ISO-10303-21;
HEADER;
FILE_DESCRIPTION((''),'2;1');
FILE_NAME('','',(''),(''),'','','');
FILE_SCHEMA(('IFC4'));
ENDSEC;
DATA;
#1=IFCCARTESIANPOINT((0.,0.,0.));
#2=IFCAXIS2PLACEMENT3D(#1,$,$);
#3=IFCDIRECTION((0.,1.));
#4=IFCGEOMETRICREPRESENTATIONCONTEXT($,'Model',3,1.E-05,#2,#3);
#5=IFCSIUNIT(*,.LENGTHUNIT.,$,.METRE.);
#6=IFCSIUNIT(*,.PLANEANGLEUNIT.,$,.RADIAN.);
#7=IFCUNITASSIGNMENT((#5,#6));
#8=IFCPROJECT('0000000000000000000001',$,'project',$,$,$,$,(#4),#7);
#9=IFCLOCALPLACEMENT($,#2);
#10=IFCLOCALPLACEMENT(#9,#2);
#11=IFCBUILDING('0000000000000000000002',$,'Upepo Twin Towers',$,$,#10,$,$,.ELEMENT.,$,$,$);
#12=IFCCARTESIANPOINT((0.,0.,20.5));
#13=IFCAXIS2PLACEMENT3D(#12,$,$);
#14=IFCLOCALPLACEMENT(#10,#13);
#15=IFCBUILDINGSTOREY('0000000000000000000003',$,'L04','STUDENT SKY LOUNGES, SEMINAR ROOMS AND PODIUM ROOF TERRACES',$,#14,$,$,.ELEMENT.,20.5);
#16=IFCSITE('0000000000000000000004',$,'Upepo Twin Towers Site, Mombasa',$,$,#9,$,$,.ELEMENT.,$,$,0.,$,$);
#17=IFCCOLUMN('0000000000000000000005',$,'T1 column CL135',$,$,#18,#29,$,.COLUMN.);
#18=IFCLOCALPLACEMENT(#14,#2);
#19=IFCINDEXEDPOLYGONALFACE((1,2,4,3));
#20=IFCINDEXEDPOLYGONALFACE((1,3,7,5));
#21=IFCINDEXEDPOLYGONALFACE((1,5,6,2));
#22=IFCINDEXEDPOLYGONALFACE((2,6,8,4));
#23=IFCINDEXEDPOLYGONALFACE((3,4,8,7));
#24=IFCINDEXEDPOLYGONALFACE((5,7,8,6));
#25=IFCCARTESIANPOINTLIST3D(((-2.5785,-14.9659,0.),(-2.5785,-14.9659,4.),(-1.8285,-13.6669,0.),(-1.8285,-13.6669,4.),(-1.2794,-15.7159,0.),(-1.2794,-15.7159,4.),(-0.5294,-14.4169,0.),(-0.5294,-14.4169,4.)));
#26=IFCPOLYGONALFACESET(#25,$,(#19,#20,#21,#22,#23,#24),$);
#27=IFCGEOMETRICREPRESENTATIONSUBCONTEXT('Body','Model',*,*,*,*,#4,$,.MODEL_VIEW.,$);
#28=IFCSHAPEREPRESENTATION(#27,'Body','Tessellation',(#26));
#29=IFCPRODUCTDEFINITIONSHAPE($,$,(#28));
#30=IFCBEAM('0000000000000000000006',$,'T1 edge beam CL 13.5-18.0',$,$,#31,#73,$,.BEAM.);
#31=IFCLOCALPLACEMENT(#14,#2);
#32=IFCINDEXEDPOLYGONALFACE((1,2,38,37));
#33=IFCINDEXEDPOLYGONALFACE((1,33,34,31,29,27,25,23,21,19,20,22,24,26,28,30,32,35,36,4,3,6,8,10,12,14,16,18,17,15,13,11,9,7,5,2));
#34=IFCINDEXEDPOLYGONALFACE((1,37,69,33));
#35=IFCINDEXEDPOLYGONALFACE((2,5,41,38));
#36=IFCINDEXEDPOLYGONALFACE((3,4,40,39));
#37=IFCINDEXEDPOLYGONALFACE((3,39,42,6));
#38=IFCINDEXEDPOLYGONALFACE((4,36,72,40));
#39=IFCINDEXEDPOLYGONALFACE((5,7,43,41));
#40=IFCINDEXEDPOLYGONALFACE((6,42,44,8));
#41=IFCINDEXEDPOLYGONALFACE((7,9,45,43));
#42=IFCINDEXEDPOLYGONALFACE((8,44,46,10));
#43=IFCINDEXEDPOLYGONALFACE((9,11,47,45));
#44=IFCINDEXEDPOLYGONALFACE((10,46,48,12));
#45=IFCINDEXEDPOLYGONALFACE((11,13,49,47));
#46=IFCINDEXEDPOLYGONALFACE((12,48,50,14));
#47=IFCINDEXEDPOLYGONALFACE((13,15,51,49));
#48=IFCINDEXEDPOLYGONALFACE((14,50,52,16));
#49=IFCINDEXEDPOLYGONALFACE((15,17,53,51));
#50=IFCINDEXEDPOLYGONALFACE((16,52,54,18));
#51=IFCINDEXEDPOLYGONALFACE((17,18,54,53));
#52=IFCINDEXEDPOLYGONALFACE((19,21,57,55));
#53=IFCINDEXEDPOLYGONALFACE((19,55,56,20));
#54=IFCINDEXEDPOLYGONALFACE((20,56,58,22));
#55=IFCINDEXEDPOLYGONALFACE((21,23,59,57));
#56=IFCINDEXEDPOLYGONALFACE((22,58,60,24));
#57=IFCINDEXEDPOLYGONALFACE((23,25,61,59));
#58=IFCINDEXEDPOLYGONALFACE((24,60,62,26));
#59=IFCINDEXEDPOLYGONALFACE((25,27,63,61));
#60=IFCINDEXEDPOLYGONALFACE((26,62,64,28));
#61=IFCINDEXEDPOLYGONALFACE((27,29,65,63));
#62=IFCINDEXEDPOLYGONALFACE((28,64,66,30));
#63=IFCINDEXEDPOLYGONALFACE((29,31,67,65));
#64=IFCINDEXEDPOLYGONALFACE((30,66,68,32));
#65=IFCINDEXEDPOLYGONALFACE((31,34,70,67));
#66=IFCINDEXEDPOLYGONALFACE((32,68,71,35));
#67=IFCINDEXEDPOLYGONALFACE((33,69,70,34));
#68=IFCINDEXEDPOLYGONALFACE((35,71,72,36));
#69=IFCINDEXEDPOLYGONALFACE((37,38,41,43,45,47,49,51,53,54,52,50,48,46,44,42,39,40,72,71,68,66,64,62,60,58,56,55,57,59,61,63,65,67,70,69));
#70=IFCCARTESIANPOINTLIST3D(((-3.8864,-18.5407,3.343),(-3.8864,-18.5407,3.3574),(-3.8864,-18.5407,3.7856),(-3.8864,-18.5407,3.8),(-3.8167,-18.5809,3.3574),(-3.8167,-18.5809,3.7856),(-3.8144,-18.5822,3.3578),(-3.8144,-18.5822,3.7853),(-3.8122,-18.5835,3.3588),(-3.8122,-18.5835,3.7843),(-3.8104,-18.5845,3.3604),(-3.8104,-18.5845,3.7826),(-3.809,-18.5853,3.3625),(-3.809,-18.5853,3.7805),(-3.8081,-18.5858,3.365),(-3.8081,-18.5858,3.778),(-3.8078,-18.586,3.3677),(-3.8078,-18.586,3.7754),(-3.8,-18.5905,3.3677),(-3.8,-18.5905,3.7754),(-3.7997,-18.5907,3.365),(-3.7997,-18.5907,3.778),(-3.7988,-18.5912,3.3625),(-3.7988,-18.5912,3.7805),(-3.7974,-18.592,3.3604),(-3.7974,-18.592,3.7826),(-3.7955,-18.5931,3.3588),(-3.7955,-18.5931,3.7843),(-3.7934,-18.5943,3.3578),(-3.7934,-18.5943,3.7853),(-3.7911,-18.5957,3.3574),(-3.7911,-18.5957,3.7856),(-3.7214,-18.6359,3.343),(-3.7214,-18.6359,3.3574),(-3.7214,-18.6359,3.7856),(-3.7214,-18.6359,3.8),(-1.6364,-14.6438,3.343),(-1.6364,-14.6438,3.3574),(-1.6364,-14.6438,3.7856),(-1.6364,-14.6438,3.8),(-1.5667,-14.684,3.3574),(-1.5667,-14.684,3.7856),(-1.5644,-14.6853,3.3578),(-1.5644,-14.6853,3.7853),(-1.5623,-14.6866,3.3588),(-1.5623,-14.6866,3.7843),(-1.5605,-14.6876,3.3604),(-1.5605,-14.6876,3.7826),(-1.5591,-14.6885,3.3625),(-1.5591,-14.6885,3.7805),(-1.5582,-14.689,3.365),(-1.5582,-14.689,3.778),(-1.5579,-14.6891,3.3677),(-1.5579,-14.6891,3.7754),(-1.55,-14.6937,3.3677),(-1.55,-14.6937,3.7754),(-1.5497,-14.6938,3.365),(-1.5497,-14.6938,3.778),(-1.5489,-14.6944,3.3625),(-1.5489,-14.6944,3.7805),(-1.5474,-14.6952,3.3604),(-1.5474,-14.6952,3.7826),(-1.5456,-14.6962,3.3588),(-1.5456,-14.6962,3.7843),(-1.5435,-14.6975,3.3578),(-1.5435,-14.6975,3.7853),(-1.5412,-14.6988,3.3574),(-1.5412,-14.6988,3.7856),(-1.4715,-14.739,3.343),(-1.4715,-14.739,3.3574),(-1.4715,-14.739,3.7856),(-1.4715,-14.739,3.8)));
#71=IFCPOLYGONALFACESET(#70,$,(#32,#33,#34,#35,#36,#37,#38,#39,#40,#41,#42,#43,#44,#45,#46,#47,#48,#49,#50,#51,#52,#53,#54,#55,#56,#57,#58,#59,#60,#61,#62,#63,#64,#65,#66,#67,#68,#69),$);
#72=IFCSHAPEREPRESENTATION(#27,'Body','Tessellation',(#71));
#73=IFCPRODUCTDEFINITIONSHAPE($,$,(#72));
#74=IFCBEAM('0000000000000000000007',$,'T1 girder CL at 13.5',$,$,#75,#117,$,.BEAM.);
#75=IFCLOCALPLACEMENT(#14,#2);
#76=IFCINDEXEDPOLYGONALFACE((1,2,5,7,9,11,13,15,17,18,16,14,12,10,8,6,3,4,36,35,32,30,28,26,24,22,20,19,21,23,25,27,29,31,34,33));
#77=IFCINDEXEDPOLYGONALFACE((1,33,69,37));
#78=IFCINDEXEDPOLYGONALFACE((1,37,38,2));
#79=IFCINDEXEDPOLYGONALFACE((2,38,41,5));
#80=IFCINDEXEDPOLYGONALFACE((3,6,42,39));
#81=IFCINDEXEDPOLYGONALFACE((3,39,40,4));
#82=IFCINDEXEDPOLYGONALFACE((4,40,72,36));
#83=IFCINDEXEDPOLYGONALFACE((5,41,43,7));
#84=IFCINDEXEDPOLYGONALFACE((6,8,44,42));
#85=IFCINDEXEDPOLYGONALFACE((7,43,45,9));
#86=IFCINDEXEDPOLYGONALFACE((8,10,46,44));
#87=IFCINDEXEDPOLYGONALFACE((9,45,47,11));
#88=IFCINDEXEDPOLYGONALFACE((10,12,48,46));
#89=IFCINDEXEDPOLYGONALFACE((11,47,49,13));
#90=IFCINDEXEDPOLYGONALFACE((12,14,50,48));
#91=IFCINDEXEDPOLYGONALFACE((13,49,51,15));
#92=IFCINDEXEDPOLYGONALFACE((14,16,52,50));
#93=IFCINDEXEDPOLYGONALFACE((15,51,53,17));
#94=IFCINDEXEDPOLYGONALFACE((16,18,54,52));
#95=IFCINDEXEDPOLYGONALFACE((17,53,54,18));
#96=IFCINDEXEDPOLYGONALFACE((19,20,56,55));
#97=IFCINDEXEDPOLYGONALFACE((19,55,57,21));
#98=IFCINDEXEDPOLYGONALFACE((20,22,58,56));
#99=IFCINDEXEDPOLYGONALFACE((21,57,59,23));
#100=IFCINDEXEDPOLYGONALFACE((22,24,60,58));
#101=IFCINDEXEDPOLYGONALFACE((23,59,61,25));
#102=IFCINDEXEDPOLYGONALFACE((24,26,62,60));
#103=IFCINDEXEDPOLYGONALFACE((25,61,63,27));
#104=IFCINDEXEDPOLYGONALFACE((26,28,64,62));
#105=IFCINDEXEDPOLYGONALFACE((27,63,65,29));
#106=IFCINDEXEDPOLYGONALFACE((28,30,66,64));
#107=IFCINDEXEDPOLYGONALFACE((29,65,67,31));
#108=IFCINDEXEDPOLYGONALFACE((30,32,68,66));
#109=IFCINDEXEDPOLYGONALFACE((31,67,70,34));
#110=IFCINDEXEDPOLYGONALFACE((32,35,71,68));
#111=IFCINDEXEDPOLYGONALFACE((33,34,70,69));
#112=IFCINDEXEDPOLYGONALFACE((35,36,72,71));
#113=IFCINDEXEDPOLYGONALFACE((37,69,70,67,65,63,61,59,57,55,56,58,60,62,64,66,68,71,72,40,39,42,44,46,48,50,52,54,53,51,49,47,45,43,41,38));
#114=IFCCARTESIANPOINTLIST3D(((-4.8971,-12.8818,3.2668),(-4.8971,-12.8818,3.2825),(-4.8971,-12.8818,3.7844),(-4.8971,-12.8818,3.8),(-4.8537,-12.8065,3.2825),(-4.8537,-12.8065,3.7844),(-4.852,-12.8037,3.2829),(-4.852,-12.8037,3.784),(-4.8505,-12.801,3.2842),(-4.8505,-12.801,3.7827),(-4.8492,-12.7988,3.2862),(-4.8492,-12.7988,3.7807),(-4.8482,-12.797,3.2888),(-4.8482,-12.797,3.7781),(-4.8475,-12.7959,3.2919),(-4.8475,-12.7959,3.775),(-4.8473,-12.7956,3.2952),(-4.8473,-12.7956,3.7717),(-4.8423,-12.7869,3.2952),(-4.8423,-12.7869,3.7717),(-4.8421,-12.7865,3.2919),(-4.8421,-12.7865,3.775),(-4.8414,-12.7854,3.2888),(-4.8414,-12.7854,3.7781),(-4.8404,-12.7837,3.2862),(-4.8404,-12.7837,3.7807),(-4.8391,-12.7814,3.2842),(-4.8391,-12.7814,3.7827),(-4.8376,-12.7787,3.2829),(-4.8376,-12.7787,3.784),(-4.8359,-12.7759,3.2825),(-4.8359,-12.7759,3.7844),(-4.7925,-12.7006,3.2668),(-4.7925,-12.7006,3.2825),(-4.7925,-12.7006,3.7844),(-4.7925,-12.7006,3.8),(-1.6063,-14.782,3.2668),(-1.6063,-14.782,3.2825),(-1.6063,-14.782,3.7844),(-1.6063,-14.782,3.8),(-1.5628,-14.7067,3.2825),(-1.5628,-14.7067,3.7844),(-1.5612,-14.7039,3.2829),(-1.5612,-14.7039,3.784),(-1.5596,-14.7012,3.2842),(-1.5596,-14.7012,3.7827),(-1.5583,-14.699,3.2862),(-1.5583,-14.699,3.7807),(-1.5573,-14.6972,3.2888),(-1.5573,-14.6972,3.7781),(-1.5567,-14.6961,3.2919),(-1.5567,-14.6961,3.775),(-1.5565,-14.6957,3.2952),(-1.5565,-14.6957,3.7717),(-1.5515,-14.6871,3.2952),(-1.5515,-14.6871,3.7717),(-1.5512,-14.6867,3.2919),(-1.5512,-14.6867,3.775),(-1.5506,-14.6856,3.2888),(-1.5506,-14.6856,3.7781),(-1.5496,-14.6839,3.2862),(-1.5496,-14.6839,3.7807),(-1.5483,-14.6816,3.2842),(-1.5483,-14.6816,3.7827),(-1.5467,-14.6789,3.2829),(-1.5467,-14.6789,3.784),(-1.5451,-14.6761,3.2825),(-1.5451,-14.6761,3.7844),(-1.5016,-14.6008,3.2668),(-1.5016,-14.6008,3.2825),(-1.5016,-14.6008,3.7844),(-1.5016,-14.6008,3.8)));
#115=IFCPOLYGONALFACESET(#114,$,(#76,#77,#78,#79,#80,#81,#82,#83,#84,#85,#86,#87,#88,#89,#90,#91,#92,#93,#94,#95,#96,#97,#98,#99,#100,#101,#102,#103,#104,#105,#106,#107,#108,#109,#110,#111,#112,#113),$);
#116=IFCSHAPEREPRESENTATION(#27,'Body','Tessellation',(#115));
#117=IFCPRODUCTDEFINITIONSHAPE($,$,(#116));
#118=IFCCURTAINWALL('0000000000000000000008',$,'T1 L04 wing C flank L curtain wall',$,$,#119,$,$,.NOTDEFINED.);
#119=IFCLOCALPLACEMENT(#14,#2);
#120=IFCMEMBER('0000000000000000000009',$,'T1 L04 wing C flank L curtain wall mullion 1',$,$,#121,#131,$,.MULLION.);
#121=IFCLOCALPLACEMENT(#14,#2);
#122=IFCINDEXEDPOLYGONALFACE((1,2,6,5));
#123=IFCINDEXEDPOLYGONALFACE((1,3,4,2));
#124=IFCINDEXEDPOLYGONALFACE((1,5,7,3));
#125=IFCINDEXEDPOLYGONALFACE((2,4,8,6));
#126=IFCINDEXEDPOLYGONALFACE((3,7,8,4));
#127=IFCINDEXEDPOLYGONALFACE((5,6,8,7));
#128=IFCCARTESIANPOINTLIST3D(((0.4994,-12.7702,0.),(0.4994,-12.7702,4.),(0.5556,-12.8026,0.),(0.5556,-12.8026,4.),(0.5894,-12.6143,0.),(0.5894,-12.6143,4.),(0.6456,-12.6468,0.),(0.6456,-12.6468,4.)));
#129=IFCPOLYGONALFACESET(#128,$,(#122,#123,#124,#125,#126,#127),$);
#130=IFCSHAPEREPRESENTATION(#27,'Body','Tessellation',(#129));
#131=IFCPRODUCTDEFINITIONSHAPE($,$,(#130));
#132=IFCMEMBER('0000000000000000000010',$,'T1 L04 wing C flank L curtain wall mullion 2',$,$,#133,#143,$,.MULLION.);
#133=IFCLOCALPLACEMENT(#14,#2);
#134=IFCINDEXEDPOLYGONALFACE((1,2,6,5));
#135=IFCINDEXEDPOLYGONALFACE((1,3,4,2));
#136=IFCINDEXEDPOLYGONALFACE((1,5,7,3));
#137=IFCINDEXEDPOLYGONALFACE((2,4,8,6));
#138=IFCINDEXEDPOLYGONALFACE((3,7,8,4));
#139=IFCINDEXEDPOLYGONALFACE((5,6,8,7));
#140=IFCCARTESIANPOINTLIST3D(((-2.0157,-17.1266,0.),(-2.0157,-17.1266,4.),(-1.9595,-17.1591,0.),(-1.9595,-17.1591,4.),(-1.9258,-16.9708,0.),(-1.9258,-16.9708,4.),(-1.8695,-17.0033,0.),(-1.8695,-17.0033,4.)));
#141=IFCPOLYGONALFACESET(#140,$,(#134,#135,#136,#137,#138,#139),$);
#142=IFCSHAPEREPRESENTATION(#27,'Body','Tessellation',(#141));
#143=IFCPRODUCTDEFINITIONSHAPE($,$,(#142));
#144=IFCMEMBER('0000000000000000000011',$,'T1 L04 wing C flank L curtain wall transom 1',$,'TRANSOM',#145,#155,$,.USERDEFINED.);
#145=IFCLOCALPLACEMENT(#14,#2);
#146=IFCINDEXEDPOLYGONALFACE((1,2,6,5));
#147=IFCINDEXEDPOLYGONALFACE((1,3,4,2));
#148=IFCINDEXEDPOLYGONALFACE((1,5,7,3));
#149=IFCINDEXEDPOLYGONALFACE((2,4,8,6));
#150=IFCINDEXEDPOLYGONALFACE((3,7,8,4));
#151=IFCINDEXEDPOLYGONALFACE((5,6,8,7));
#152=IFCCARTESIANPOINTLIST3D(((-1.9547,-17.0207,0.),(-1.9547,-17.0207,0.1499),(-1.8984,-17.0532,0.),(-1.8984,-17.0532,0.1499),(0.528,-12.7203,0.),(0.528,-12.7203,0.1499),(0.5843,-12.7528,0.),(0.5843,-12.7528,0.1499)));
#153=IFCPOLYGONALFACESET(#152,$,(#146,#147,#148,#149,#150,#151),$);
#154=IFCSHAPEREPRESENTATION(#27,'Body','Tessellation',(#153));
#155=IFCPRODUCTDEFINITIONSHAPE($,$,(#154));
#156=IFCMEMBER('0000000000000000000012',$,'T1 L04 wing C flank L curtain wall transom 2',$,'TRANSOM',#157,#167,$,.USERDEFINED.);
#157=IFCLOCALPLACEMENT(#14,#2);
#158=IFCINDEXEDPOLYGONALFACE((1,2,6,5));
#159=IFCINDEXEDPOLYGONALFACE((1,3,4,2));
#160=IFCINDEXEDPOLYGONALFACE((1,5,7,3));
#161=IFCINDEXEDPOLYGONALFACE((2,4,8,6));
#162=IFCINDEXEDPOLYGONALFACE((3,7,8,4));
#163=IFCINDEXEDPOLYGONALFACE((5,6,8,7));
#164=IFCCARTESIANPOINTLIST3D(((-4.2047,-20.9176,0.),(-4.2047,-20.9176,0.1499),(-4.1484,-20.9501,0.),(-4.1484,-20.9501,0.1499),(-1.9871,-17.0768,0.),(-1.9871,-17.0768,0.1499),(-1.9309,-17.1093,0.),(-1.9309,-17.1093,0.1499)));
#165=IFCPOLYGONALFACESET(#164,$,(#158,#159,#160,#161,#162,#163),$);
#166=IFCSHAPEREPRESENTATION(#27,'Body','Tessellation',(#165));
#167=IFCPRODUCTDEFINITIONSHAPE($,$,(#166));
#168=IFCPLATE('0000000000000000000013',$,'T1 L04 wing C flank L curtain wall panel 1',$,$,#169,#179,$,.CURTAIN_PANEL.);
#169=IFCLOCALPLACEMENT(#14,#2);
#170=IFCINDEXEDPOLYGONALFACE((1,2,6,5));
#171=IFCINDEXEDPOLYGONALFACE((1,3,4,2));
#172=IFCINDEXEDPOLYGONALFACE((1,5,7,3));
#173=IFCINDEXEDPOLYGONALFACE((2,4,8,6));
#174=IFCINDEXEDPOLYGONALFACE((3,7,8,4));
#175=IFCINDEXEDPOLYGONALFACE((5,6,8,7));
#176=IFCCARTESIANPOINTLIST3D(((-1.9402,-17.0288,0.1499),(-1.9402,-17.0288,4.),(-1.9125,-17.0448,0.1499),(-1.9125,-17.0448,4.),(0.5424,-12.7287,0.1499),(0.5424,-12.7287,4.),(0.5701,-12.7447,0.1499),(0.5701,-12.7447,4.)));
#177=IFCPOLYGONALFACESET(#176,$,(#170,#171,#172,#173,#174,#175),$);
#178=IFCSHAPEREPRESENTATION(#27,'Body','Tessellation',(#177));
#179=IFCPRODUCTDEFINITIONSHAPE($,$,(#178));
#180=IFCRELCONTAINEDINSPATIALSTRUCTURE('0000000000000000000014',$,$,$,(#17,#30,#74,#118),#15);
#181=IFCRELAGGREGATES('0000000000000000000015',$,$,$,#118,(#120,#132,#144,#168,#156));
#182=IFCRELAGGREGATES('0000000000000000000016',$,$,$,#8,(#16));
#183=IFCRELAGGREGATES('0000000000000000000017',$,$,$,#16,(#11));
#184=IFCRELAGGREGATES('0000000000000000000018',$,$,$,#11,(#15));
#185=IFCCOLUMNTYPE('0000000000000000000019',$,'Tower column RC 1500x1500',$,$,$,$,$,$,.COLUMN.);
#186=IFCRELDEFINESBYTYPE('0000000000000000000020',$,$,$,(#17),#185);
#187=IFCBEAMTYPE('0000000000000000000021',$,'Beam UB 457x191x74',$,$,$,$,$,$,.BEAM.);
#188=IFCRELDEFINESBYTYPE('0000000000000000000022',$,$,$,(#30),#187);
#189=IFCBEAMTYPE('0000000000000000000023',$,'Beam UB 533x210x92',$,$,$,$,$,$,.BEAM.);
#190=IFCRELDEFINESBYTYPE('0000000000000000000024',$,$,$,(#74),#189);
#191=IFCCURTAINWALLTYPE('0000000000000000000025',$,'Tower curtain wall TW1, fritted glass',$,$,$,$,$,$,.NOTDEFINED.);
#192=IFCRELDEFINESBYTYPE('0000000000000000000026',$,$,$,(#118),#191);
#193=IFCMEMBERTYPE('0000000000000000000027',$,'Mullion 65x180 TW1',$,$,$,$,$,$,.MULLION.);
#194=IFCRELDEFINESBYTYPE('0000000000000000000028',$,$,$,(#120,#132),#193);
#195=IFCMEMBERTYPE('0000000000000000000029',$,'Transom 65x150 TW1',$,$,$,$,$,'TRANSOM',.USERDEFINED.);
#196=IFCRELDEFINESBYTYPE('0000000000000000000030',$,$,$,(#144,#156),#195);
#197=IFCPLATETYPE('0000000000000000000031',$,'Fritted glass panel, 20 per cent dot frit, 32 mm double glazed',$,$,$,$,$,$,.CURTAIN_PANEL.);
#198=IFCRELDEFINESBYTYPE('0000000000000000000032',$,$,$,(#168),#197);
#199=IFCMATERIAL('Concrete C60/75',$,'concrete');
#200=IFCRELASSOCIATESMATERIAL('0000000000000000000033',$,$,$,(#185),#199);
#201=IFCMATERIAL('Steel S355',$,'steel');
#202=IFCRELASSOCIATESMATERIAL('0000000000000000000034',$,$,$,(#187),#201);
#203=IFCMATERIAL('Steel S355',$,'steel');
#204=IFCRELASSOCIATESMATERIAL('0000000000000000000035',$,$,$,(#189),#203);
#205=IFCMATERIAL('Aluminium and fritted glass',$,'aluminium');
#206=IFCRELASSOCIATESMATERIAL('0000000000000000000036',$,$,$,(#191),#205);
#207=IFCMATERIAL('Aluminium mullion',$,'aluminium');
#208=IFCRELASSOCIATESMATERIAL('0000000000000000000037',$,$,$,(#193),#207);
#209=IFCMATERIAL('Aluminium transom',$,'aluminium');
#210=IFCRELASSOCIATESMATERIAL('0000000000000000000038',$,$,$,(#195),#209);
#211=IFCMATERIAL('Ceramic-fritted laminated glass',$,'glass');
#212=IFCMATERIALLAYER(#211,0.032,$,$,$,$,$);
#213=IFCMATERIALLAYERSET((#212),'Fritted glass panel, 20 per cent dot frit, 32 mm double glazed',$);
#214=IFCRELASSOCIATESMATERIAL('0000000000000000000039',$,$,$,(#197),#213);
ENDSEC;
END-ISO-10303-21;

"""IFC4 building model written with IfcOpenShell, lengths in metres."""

from ifc_helpers import new_model, si_unit, direction, frame, origin, origin_2d, place, context, subcontext, project, spatial, rectangle, i_section, extrude, material, layer, layer_set, material_profile, profile_set, type_object, element, aggregate, save


model = new_model("IFC4")

# Units and contexts
model_context = context("Model", 3, precision=1e-05, world=origin(), true_north=direction((0.0, 1.0)))
body_context = subcontext(model_context, "Body", "Model", "MODEL_VIEW")
ifc_project = project(units=[si_unit("LENGTHUNIT", "METRE"), si_unit("PLANEANGLEUNIT", "RADIAN")], contexts=[model_context])

# Site, building, storey
site_placement = place(None, origin())
site = spatial("IfcSite", under=ifc_project, at=site_placement, Name="Upepo Twin Towers Site, Mombasa", CompositionType="ELEMENT", RefElevation=0.0)
building_placement = place(site_placement, origin())
building = spatial("IfcBuilding", under=site, at=building_placement, Name="Upepo Twin Towers", CompositionType="ELEMENT")
storey_placement = place(building_placement, frame((0.0, 0.0, 20.5)))
storey = spatial("IfcBuildingStorey", under=building, at=storey_placement, Name="L04", Description="STUDENT SKY LOUNGES, SEMINAR ROOMS AND PODIUM ROOF TERRACES", CompositionType="ELEMENT", Elevation=20.5)

# Column
ifc_material_1 = material(Name="Concrete C60/75", Category="concrete")
ifc_material_profile_1 = material_profile(ifc_material_1, rectangle(XDim=1.5, YDim=1.5, at=origin_2d()), Name="RC 1500x1500")
ifc_profile_set_1 = profile_set([ifc_material_profile_1], Name="Concrete C60/75")
column_type = type_object("IfcColumnType", Name="Tower column RC 1500x1500", PredefinedType="COLUMN", material=ifc_profile_set_1)
column_placement = place(storey_placement, frame((-1.554, -14.6914, 0.0), z_axis=(0.0, 0.0, 1.0), x_axis=(0.5, 0.866025, 0.0)))
element("IfcColumn", 1, at=column_placement, inside=storey, type_object=column_type, Name="T1 column CL135", PredefinedType="COLUMN", context=body_context, shape_type="SweptSolid", body=[
    extrude(rectangle(XDim=1.5, YDim=1.5, at=origin_2d()), origin(), (0.0, 0.0, 1.0), 4.0),
])

# Beams
ifc_material_2 = material(Name="Steel S355", Category="steel")
ifc_material_profile_2 = material_profile(ifc_material_2, i_section(OverallWidth=0.1904, OverallDepth=0.457, WebThickness=0.009, FlangeThickness=0.0144, FilletRadius=0.0103, at=origin_2d()), Name="UB 457x191x74")
ifc_profile_set_2 = profile_set([ifc_material_profile_2], Name="Steel S355")
beam_type_1 = type_object("IfcBeamType", Name="Beam UB 457x191x74", PredefinedType="BEAM", material=ifc_profile_set_2)
beam_1_placement = place(storey_placement, frame((-1.554, -14.6914, 3.5715), z_axis=(-0.500014, -0.866018, 0.0), x_axis=(0.866018, -0.500014, 0.0)))
element("IfcBeam", 2, at=beam_1_placement, inside=storey, type_object=beam_type_1, Name="T1 edge beam CL 13.5-18.0", PredefinedType="BEAM", context=body_context, shape_type="SweptSolid", body=[
    extrude(i_section(OverallWidth=0.1904, OverallDepth=0.457, WebThickness=0.009, FlangeThickness=0.0144, FilletRadius=0.0103, at=origin_2d()), origin(), (0.0, 0.0, 1.0), 4.4998),
])
ifc_material_3 = material(Name="Steel S355", Category="steel")
ifc_material_profile_3 = material_profile(ifc_material_3, i_section(OverallWidth=0.2092, OverallDepth=0.5332, WebThickness=0.01, FlangeThickness=0.0156, FilletRadius=0.0127, at=origin_2d()), Name="UB 533x210x92")
ifc_profile_set_3 = profile_set([ifc_material_profile_3], Name="Steel S355")
beam_type_2 = type_object("IfcBeamType", Name="Beam UB 533x210x92", PredefinedType="BEAM", material=ifc_profile_set_3)
beam_2_placement = place(storey_placement, frame((-1.554, -14.6914, 3.5334), z_axis=(-0.866, 0.500043, 0.0), x_axis=(-0.500043, -0.866, 0.0)))
element("IfcBeam", 3, at=beam_2_placement, inside=storey, type_object=beam_type_2, Name="T1 girder CL at 13.5", PredefinedType="BEAM", context=body_context, shape_type="SweptSolid", body=[
    extrude(i_section(OverallWidth=0.2092, OverallDepth=0.5332, WebThickness=0.01, FlangeThickness=0.0156, FilletRadius=0.0127, at=origin_2d()), origin(), (0.0, 0.0, 1.0), 3.8),
])

# Curtain wall, members, plate
ifc_material_4 = material(Name="Aluminium and fritted glass", Category="aluminium")
curtain_wall_type = type_object("IfcCurtainWallType", Name="Tower curtain wall TW1, fritted glass", PredefinedType="NOTDEFINED", material=ifc_material_4)
curtain_wall_placement = place(storey_placement, origin())
curtain_wall = element("IfcCurtainWall", 4, at=curtain_wall_placement, inside=storey, type_object=curtain_wall_type, Name="T1 L04 wing C flank L curtain wall", PredefinedType="NOTDEFINED")
ifc_material_5 = material(Name="Aluminium mullion", Category="aluminium")
ifc_material_profile_4 = material_profile(ifc_material_5, rectangle(XDim=0.0649, YDim=0.1799, at=origin_2d()), Name="MULLION 65x180")
ifc_profile_set_4 = profile_set([ifc_material_profile_4], Name="Aluminium mullion")
member_type_1 = type_object("IfcMemberType", Name="Mullion 65x180 TW1", PredefinedType="MULLION", material=ifc_profile_set_4)
member_1_placement = place(storey_placement, frame((0.5725, -12.7085, 0.0), z_axis=(0.0, 0.0, 1.0), x_axis=(0.866025, -0.5, 0.0)))
member_1 = element("IfcMember", 5, at=member_1_placement, type_object=member_type_1, Name="T1 L04 wing C flank L curtain wall mullion 1", PredefinedType="MULLION", context=body_context, shape_type="SweptSolid", body=[
    extrude(rectangle(XDim=0.0649, YDim=0.1799, at=origin_2d()), origin(), (0.0, 0.0, 1.0), 4.0),
])
member_2_placement = place(storey_placement, frame((-1.9426, -17.0649, 0.0), z_axis=(0.0, 0.0, 1.0), x_axis=(0.866025, -0.5, 0.0)))
member_2 = element("IfcMember", 6, at=member_2_placement, type_object=member_type_1, Name="T1 L04 wing C flank L curtain wall mullion 2", PredefinedType="MULLION", context=body_context, shape_type="SweptSolid", body=[
    extrude(rectangle(XDim=0.0649, YDim=0.1799, at=origin_2d()), origin(), (0.0, 0.0, 1.0), 4.0),
])
ifc_material_6 = material(Name="Aluminium transom", Category="aluminium")
ifc_material_profile_5 = material_profile(ifc_material_6, rectangle(XDim=0.0649, YDim=0.1499, at=origin_2d()), Name="TRANSOM 65x150")
ifc_profile_set_5 = profile_set([ifc_material_profile_5], Name="Aluminium transom")
member_type_2 = type_object("IfcMemberType", Name="Transom 65x150 TW1", ElementType="TRANSOM", PredefinedType="USERDEFINED", material=ifc_profile_set_5)
member_3_placement = place(storey_placement, frame((0.5562, -12.7366, 0.075), z_axis=(-0.499983, -0.866035, 0.0), x_axis=(0.866035, -0.499983, 0.0)))
member_3 = element("IfcMember", 7, at=member_3_placement, type_object=member_type_2, Name="T1 L04 wing C flank L curtain wall transom 1", ObjectType="TRANSOM", PredefinedType="USERDEFINED", context=body_context, shape_type="SweptSolid", body=[
    extrude(rectangle(XDim=0.0649, YDim=0.1499, at=origin_2d()), origin(), (0.0, 0.0, 1.0), 4.9656),
])
member_4_placement = place(storey_placement, frame((-1.959, -17.093, 0.075), z_axis=(-0.500005, -0.866022, 0.0), x_axis=(0.866022, -0.500005, 0.0)))
member_4 = element("IfcMember", 8, at=member_4_placement, type_object=member_type_2, Name="T1 L04 wing C flank L curtain wall transom 2", ObjectType="TRANSOM", PredefinedType="USERDEFINED", context=body_context, shape_type="SweptSolid", body=[
    extrude(rectangle(XDim=0.0649, YDim=0.1499, at=origin_2d()), origin(), (0.0, 0.0, 1.0), 4.4351),
])
ifc_material_7 = material(Name="Ceramic-fritted laminated glass", Category="glass")
ifc_layer_1 = layer(ifc_material_7, 0.032)
ifc_layer_set_1 = layer_set([ifc_layer_1], Name="Fritted glass panel, 20 per cent dot frit, 32 mm double glazed")
plate_type = type_object("IfcPlateType", Name="Fritted glass panel, 20 per cent dot frit, 32 mm double glazed", PredefinedType="CURTAIN_PANEL", material=ifc_layer_set_1)
plate_1_placement = place(storey_placement, frame((-0.6851, -14.8867, 0.1499), z_axis=(0.0, 0.0, 1.0), x_axis=(-0.5, -0.866025, 0.0)))
plate_1 = element("IfcPlate", 9, at=plate_1_placement, type_object=plate_type, Name="T1 L04 wing C flank L curtain wall panel 1", PredefinedType="CURTAIN_PANEL", context=body_context, shape_type="SweptSolid", body=[
    extrude(rectangle(XDim=4.9653, YDim=0.032, at=origin_2d()), origin(), (0.0, 0.0, 1.0), 3.8501),
])
aggregate(curtain_wall, [member_1, member_2, member_3, plate_1, member_4])

save(model, "model.ifc")
